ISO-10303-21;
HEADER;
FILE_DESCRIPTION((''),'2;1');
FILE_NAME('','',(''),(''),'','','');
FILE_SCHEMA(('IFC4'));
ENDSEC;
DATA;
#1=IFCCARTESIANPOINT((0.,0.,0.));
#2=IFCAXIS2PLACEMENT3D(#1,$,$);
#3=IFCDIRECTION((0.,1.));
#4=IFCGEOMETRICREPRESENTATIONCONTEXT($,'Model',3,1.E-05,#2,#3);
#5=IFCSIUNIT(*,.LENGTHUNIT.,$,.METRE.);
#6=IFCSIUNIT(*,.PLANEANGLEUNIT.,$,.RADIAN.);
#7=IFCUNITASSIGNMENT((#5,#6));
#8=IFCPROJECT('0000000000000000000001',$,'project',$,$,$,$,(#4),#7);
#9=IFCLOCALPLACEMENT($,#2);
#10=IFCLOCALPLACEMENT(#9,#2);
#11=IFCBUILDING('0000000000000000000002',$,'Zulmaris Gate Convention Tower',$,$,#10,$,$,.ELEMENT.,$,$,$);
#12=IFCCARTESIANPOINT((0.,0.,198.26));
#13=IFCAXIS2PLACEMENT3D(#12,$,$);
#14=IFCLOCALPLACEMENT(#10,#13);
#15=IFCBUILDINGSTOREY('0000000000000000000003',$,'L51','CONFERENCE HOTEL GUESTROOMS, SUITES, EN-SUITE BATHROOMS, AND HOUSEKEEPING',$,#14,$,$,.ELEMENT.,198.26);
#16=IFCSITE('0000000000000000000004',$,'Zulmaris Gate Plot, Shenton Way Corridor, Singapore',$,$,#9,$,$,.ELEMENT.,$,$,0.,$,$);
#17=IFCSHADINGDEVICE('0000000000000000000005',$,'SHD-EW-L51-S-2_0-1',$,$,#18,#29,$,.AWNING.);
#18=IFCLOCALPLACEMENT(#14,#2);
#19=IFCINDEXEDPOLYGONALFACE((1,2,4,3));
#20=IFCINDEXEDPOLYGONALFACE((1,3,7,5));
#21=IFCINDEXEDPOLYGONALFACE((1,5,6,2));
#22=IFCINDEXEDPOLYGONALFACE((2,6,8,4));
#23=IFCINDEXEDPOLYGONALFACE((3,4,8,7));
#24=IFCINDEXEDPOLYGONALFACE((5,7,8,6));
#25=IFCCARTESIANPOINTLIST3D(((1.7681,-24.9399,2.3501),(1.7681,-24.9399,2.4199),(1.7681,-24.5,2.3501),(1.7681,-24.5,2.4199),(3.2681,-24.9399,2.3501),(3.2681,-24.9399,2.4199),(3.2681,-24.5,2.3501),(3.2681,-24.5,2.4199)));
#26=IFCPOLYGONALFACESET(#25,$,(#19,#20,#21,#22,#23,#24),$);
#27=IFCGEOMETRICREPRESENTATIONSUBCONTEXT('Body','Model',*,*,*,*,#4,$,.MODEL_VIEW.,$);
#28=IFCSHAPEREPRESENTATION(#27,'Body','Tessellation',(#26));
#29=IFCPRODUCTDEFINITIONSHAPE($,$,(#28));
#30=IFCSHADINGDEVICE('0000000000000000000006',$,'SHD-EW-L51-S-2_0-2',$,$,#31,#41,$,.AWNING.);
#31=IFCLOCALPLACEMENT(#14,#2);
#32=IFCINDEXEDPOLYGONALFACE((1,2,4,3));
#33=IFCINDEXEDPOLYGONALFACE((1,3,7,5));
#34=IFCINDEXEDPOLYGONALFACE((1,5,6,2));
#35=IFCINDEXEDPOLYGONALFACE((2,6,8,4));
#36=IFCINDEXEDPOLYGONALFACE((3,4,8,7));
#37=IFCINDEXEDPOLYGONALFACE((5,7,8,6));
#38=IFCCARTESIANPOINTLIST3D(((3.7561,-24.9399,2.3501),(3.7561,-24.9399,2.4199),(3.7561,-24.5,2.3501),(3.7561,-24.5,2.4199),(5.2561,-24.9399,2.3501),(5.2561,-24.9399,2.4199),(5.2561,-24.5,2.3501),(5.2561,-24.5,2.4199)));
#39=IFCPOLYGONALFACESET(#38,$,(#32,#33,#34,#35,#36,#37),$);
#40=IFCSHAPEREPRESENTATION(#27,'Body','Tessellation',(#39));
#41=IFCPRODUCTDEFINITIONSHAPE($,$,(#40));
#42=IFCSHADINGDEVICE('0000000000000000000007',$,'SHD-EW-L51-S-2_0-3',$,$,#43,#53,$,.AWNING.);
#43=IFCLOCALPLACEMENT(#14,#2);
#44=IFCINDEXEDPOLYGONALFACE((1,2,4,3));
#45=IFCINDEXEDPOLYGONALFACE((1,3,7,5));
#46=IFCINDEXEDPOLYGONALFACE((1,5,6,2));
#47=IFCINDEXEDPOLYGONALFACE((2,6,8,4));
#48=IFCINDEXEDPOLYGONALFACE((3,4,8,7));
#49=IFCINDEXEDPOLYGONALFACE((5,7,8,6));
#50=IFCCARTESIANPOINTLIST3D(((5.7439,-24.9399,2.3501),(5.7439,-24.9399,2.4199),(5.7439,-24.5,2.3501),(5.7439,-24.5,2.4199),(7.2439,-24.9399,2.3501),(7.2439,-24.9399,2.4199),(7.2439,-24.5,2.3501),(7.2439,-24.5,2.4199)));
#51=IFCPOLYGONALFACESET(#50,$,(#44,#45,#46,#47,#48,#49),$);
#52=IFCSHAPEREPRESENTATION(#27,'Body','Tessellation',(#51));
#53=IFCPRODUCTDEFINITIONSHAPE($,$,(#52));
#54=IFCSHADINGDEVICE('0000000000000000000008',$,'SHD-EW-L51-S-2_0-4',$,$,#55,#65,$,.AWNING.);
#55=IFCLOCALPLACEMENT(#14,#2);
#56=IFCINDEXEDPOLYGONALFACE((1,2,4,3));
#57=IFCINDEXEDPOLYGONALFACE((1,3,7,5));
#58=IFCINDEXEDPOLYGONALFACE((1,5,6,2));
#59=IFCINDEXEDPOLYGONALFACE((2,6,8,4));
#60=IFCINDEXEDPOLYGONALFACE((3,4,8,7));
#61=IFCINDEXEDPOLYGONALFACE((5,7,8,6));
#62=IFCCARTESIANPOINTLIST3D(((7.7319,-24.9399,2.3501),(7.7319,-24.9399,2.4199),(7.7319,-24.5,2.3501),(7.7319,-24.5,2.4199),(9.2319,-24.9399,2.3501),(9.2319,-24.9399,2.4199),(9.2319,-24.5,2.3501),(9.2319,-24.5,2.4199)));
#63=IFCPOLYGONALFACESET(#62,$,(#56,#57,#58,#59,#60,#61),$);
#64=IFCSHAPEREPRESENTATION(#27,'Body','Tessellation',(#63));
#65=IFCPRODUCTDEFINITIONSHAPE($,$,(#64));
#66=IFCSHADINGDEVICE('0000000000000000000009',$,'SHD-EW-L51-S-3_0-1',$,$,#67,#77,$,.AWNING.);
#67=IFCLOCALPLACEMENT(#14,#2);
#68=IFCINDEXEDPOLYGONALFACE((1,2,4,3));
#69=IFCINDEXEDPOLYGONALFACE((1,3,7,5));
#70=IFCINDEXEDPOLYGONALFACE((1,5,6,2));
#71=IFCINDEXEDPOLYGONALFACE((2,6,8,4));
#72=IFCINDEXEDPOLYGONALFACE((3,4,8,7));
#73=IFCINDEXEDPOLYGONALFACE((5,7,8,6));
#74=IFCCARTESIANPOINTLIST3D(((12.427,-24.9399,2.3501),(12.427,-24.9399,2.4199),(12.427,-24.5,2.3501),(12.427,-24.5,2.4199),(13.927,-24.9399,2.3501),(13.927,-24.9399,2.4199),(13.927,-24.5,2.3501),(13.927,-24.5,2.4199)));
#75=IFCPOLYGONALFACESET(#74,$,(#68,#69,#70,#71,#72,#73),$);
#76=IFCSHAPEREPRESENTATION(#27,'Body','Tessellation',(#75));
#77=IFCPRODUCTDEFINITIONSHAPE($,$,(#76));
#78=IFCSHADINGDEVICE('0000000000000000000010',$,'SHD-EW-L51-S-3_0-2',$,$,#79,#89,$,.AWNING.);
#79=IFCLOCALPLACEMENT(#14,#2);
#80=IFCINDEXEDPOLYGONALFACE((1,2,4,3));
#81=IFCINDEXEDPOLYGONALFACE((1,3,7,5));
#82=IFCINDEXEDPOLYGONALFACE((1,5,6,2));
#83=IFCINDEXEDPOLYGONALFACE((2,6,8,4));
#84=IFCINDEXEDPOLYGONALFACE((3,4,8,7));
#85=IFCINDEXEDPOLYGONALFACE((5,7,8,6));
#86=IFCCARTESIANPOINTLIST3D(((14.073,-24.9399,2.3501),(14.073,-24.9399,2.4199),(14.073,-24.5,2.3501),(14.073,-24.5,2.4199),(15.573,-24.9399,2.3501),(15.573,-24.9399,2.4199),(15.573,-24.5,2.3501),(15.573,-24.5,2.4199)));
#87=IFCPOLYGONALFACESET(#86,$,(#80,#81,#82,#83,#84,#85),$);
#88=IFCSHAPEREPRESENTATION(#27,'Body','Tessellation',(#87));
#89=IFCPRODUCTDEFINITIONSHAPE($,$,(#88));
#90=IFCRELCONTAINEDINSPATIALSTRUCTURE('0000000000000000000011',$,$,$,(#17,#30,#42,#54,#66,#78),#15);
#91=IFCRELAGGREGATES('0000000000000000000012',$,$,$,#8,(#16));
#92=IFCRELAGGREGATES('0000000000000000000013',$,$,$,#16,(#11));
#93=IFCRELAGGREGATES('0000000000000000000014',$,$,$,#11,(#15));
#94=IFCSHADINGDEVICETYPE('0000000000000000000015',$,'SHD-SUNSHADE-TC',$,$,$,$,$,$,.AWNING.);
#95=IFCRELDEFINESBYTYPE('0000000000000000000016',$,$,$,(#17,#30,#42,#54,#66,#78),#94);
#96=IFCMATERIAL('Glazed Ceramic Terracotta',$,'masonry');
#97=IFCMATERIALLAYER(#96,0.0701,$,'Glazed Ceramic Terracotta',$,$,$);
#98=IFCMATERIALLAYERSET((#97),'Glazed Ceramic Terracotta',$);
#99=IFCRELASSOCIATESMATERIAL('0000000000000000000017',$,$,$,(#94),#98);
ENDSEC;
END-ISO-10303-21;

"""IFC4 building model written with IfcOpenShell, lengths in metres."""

from ifc_helpers import new_model, si_unit, direction, frame, frame_2d, origin, place, context, subcontext, project, spatial, rectangle, extrude, material, layer, layer_set, type_object, element, save


model = new_model("IFC4")

# Units and contexts
model_context = context("Model", 3, precision=1e-05, world=origin(), true_north=direction((0.0, 1.0)))
body_context = subcontext(model_context, "Body", "Model", "MODEL_VIEW")
ifc_project = project(units=[si_unit("LENGTHUNIT", "METRE"), si_unit("PLANEANGLEUNIT", "RADIAN")], contexts=[model_context])

# Site, building, storey
site_placement = place(None, origin())
site = spatial("IfcSite", under=ifc_project, at=site_placement, Name="Zulmaris Gate Plot, Shenton Way Corridor, Singapore", CompositionType="ELEMENT", RefElevation=0.0)
building_placement = place(site_placement, origin())
building = spatial("IfcBuilding", under=site, at=building_placement, Name="Zulmaris Gate Convention Tower", CompositionType="ELEMENT")
storey_placement = place(building_placement, frame((0.0, 0.0, 198.26)))
storey = spatial("IfcBuildingStorey", under=building, at=storey_placement, Name="L51", Description="CONFERENCE HOTEL GUESTROOMS, SUITES, EN-SUITE BATHROOMS, AND HOUSEKEEPING", CompositionType="ELEMENT", Elevation=198.26)

# Shading devices
ifc_material_1 = material(Name="Glazed Ceramic Terracotta", Category="masonry")
ifc_layer_1 = layer(ifc_material_1, 0.0701, Name="Glazed Ceramic Terracotta")
ifc_layer_set_1 = layer_set([ifc_layer_1], Name="Glazed Ceramic Terracotta")
shading_device_type = type_object("IfcShadingDeviceType", Name="SHD-SUNSHADE-TC", PredefinedType="AWNING", material=ifc_layer_set_1)
for number, where, z_axis, x_axis, name in (
    (1, (1.7681, -24.72, 2.3501), (0.0, 0.0, 1.0), (1.0, 0.0, 0.0), "SHD-EW-L51-S-2_0-1"),
    (2, (3.7561, -24.72, 2.3501), (0.0, 0.0, 1.0), (1.0, 0.0, 0.0), "SHD-EW-L51-S-2_0-2"),
    (3, (5.7439, -24.72, 2.3501), (0.0, 0.0, 1.0), (1.0, 0.0, 0.0), "SHD-EW-L51-S-2_0-3"),
    (4, (7.7319, -24.72, 2.3501), (0.0, 0.0, 1.0), (1.0, 0.0, 0.0), "SHD-EW-L51-S-2_0-4"),
    (5, (12.427, -24.72, 2.3501), (0.0, 0.0, 1.0), (1.0, 0.0, 0.0), "SHD-EW-L51-S-3_0-1"),
    (6, (14.073, -24.72, 2.3501), (0.0, 0.0, 1.0), (1.0, 0.0, 0.0), "SHD-EW-L51-S-3_0-2"),
):
    element("IfcShadingDevice", number, at=place(storey_placement, frame(where, z_axis=z_axis, x_axis=x_axis)), inside=storey, type_object=shading_device_type, Name=name, PredefinedType="AWNING", context=body_context, shape_type="SweptSolid", body=[
        extrude(rectangle(XDim=1.5, YDim=0.4399, at=frame_2d((0.75, 0.0))), origin(), (0.0, 0.0, 1.0), 0.0698),
    ])

save(model, "model.ifc")
